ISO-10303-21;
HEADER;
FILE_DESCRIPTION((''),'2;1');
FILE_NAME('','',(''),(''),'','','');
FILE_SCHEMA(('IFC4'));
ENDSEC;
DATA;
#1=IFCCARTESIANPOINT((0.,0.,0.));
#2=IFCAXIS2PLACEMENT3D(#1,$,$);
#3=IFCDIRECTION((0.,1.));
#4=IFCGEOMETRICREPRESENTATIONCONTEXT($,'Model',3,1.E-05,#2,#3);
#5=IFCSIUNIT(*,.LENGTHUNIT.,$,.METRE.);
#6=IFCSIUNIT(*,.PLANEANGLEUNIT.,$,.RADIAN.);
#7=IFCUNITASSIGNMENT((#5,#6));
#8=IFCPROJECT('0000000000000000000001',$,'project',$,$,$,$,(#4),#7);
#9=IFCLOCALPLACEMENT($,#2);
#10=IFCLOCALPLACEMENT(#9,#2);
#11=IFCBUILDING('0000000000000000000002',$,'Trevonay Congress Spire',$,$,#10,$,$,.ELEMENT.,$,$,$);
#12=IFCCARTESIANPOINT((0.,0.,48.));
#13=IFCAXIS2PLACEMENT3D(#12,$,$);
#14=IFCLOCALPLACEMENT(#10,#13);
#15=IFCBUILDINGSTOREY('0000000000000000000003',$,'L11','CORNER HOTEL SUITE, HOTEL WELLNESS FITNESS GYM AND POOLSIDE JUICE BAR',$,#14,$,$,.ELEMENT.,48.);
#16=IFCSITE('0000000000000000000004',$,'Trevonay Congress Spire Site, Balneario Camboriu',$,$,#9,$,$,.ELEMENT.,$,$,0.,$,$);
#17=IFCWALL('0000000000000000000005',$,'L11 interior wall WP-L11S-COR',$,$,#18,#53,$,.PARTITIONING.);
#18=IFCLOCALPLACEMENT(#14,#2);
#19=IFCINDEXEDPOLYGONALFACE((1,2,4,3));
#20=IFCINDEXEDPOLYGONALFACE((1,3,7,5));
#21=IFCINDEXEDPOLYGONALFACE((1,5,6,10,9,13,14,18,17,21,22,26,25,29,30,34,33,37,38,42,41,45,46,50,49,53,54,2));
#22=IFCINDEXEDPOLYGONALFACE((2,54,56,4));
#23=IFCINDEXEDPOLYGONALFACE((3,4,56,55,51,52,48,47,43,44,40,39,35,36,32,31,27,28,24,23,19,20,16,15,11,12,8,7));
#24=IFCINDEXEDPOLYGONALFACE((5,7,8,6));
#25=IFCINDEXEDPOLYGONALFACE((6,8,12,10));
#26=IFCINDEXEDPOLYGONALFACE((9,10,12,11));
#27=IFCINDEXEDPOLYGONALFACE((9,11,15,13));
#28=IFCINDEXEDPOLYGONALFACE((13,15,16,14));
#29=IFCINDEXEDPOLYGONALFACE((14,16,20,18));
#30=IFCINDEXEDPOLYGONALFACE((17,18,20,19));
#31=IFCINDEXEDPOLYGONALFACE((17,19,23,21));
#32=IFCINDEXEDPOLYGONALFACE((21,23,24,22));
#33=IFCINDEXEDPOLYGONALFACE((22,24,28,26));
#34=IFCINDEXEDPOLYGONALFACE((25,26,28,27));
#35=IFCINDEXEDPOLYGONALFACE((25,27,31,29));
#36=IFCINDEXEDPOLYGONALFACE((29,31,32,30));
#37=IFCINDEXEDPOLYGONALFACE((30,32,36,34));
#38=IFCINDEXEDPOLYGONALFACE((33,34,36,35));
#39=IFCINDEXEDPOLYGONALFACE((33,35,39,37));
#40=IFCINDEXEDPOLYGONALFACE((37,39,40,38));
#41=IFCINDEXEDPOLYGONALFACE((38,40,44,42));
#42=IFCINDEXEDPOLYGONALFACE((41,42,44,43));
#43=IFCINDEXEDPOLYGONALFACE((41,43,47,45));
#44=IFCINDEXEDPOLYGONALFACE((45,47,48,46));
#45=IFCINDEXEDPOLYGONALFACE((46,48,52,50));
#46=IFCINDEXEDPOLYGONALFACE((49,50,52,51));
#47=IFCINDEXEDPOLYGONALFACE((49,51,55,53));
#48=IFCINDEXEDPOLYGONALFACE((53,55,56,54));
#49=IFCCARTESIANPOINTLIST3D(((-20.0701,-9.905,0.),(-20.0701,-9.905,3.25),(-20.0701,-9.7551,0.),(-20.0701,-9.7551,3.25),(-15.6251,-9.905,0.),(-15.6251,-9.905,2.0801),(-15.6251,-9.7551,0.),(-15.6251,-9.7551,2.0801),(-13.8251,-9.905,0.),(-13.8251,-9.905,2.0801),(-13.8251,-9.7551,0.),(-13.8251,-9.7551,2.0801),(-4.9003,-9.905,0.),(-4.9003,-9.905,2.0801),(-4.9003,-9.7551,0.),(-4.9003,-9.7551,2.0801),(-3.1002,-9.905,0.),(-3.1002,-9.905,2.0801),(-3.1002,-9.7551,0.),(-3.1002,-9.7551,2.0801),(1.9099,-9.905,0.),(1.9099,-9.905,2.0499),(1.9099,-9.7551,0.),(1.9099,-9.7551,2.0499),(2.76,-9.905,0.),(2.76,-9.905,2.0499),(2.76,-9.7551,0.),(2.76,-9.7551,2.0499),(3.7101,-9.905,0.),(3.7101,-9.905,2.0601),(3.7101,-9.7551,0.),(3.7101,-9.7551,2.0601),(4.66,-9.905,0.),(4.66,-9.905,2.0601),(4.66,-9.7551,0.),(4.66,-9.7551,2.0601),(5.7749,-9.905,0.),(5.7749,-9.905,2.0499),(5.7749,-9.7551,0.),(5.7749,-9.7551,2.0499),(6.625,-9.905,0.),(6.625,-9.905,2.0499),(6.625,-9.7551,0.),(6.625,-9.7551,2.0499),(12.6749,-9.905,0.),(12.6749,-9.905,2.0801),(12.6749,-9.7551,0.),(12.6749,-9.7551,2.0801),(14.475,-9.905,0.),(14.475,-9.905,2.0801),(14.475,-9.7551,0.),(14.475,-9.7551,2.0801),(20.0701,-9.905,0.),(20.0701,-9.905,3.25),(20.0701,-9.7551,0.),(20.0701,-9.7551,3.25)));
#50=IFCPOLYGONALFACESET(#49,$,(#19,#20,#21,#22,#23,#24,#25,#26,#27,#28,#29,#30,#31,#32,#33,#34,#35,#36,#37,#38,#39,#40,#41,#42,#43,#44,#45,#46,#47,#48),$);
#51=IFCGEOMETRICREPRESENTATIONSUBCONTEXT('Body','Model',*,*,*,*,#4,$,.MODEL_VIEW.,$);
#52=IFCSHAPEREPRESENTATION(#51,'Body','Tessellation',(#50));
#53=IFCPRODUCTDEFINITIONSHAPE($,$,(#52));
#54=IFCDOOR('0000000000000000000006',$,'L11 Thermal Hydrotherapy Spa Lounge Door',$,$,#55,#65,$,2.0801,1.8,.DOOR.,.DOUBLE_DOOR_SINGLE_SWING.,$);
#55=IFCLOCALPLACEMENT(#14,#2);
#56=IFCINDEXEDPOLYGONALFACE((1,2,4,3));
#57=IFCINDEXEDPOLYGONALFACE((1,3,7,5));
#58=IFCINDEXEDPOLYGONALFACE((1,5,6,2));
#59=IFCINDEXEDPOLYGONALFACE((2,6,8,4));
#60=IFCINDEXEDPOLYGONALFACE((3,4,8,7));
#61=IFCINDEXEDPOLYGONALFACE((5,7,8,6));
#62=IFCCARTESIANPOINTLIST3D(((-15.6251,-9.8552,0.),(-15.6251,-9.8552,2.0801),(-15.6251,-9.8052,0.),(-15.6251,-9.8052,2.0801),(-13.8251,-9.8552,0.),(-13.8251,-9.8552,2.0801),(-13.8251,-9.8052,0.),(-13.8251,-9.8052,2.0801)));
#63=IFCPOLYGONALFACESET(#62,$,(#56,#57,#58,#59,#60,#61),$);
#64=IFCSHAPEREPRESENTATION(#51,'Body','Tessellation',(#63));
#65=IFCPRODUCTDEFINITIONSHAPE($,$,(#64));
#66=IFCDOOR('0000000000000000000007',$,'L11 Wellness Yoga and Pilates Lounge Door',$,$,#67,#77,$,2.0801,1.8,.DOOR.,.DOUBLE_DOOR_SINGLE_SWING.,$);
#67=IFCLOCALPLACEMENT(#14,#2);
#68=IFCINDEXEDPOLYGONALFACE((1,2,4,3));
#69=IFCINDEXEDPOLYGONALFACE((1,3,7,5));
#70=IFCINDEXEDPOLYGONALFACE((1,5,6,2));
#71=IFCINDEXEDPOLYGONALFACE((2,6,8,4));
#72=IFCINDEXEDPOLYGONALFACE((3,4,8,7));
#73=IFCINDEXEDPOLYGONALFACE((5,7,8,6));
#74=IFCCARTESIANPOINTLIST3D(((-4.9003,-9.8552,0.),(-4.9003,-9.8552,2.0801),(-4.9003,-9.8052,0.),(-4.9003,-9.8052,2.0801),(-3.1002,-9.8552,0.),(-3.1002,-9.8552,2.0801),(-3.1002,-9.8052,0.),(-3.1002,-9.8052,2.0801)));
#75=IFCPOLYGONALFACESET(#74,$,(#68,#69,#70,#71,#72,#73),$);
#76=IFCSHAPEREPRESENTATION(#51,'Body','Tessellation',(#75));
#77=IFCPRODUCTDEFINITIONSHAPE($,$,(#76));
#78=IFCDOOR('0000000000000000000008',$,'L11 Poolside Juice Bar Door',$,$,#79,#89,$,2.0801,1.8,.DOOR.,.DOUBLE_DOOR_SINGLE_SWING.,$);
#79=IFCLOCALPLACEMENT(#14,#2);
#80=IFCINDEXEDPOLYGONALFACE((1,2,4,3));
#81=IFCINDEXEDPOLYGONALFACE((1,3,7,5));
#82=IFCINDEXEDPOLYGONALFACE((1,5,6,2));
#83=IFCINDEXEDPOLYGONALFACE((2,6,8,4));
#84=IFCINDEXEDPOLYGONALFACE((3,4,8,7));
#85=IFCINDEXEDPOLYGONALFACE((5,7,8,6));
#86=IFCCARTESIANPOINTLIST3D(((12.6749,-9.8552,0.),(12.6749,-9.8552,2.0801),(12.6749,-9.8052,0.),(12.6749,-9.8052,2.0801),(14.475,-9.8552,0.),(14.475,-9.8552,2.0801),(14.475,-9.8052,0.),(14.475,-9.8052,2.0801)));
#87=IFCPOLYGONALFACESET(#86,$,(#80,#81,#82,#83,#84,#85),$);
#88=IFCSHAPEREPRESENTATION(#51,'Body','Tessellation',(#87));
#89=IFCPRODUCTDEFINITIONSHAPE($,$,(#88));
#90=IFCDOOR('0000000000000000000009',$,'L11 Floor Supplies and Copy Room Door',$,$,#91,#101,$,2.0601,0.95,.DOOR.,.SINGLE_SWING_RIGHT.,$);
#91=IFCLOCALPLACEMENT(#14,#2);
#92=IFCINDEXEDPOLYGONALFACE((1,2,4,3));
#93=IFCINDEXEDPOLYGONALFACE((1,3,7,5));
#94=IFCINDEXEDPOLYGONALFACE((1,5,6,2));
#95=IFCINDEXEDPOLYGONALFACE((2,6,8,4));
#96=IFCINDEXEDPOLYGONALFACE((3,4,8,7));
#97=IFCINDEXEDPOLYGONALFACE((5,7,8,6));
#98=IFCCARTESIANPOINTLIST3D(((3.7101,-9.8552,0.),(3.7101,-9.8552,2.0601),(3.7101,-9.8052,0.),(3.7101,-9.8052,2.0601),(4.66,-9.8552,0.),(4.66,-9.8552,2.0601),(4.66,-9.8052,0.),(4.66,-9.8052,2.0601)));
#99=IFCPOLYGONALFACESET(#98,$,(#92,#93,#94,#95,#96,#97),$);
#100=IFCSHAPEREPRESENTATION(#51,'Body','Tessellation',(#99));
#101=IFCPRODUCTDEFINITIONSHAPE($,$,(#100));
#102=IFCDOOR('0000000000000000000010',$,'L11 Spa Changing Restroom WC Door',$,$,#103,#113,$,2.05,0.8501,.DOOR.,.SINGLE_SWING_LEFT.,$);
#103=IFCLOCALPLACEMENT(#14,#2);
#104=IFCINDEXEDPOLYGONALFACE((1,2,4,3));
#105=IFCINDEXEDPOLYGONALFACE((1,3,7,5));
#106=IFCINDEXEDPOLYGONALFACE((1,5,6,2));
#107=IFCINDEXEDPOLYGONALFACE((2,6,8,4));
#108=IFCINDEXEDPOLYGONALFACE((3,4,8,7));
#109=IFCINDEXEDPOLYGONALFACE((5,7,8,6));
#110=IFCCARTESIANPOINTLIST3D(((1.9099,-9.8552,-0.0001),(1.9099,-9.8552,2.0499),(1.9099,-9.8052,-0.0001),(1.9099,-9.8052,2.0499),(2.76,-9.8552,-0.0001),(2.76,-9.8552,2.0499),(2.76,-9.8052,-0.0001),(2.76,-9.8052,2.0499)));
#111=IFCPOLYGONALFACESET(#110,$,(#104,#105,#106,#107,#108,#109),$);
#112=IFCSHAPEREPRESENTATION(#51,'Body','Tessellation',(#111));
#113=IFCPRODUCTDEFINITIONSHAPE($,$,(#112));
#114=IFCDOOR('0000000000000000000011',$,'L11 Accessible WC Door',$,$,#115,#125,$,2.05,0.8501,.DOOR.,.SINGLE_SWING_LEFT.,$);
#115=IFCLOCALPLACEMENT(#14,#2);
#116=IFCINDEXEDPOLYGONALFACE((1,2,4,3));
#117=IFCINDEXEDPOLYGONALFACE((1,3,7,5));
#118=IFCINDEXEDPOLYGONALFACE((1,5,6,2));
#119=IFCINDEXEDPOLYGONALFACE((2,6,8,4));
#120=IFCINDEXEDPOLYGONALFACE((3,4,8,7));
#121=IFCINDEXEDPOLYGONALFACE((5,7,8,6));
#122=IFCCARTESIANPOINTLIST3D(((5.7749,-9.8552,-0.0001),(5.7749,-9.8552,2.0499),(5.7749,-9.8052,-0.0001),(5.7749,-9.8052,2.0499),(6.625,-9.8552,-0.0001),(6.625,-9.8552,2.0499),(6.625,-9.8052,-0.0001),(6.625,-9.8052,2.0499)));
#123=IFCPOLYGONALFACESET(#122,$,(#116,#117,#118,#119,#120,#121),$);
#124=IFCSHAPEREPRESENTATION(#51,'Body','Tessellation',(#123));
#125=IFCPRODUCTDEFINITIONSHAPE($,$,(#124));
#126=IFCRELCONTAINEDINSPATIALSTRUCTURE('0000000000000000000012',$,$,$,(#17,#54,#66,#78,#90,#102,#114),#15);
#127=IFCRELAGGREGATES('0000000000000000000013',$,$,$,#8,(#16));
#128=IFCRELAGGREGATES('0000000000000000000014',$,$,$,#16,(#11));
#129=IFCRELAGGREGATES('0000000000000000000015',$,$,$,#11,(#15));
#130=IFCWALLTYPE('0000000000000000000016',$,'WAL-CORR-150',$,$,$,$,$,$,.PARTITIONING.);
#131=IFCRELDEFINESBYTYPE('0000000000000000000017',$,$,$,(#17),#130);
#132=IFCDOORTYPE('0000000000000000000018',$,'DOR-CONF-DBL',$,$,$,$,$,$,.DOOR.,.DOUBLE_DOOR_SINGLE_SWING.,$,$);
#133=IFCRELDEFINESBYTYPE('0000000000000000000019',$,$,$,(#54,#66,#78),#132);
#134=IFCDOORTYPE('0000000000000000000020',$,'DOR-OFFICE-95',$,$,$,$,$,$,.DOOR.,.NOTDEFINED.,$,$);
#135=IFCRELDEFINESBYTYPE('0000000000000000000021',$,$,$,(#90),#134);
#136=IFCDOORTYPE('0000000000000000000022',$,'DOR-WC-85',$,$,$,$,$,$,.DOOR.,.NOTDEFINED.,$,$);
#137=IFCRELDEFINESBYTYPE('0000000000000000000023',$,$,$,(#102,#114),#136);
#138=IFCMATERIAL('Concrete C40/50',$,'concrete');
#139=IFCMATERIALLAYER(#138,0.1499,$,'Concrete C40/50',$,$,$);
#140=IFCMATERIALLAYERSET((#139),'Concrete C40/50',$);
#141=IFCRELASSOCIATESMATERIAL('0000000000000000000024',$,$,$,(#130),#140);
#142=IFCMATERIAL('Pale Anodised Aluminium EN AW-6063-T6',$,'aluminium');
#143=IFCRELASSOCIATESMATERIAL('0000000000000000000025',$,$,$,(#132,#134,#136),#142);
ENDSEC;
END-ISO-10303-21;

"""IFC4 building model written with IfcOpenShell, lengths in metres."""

from ifc_helpers import new_model, si_unit, direction, frame, frame_2d, origin, place, context, subcontext, project, spatial, rectangle, extrude, material, layer, layer_set, type_object, element, fill, save


model = new_model("IFC4")

# Units and contexts
model_context = context("Model", 3, precision=1e-05, world=origin(), true_north=direction((0.0, 1.0)))
body_context = subcontext(model_context, "Body", "Model", "MODEL_VIEW")
ifc_project = project(units=[si_unit("LENGTHUNIT", "METRE"), si_unit("PLANEANGLEUNIT", "RADIAN")], contexts=[model_context])

# Site, building, storey
site_placement = place(None, origin())
site = spatial("IfcSite", under=ifc_project, at=site_placement, Name="Trevonay Congress Spire Site, Balneario Camboriu", CompositionType="ELEMENT", RefElevation=0.0)
building_placement = place(site_placement, origin())
building = spatial("IfcBuilding", under=site, at=building_placement, Name="Trevonay Congress Spire", CompositionType="ELEMENT")
storey_placement = place(building_placement, frame((0.0, 0.0, 48.0)))
storey = spatial("IfcBuildingStorey", under=building, at=storey_placement, Name="L11", Description="CORNER HOTEL SUITE, HOTEL WELLNESS FITNESS GYM AND POOLSIDE JUICE BAR", CompositionType="ELEMENT", Elevation=48.0)

# Shared definitions
ifc_material_1 = material(Name="Pale Anodised Aluminium EN AW-6063-T6", Category="aluminium")

# Shared definitions
ifc_material_2 = material(Name="Concrete C40/50", Category="concrete")

# Wall, openings, doors
ifc_layer_1 = layer(ifc_material_2, 0.1499, Name="Concrete C40/50")
ifc_layer_set_1 = layer_set([ifc_layer_1], Name="Concrete C40/50")
wall_type_1 = type_object("IfcWallType", Name="WAL-CORR-150", PredefinedType="PARTITIONING", material=ifc_layer_set_1)
wall_1_placement = place(storey_placement, frame((-20.0701, -9.8301, 0.0), z_axis=(0.0, 0.0, 1.0), x_axis=(1.0, 0.0, 0.0)))
wall_1 = element("IfcWall", 1, at=wall_1_placement, inside=storey, type_object=wall_type_1, Name="L11 interior wall WP-L11S-COR", PredefinedType="PARTITIONING", context=body_context, shape_type="SweptSolid", body=[
    extrude(rectangle(XDim=40.1401, YDim=0.1499, at=frame_2d((20.0701, 0.0))), origin(), (0.0, 0.0, 1.0), 3.25),
])
opening_1_placement = place(wall_1_placement, frame((4.4451, 0.0, 0.0)))
opening_1 = element("IfcOpeningElement", 2, at=opening_1_placement, cuts=wall_1, PredefinedType="OPENING", context=body_context, shape_type="SweptSolid", body=[
    extrude(rectangle(XDim=1.8, YDim=2.0801, at=frame_2d((0.8999, 1.04))), frame((0.0, 0.085, 0.0), z_axis=(0.0, -1.0, 0.0), x_axis=(1.0, 0.0, 0.0)), (0.0, 0.0, 1.0), 0.1699),
])
opening_2_placement = place(wall_1_placement, frame((15.1699, 0.0, 0.0)))
opening_2 = element("IfcOpeningElement", 3, at=opening_2_placement, cuts=wall_1, PredefinedType="OPENING", context=body_context, shape_type="SweptSolid", body=[
    extrude(rectangle(XDim=1.8, YDim=2.0801, at=frame_2d((0.8999, 1.04))), frame((0.0, 0.085, 0.0), z_axis=(0.0, -1.0, 0.0), x_axis=(1.0, 0.0, 0.0)), (0.0, 0.0, 1.0), 0.1699),
])
opening_3_placement = place(wall_1_placement, frame((21.98, 0.0, 0.0)))
opening_3 = element("IfcOpeningElement", 4, at=opening_3_placement, cuts=wall_1, PredefinedType="OPENING", context=body_context, shape_type="SweptSolid", body=[
    extrude(rectangle(XDim=0.8501, YDim=2.05, at=frame_2d((0.425, 1.0249))), frame((0.0, 0.085, 0.0), z_axis=(0.0, -1.0, 0.0), x_axis=(1.0, 0.0, 0.0)), (0.0, 0.0, 1.0), 0.1699),
])
opening_4_placement = place(wall_1_placement, frame((23.78, 0.0, 0.0)))
opening_4 = element("IfcOpeningElement", 5, at=opening_4_placement, cuts=wall_1, PredefinedType="OPENING", context=body_context, shape_type="SweptSolid", body=[
    extrude(rectangle(XDim=0.95, YDim=2.0601, at=frame_2d((0.4751, 1.03))), frame((0.0, 0.085, 0.0), z_axis=(0.0, -1.0, 0.0), x_axis=(1.0, 0.0, 0.0)), (0.0, 0.0, 1.0), 0.1699),
])
opening_5_placement = place(wall_1_placement, frame((25.845, 0.0, 0.0)))
opening_5 = element("IfcOpeningElement", 6, at=opening_5_placement, cuts=wall_1, PredefinedType="OPENING", context=body_context, shape_type="SweptSolid", body=[
    extrude(rectangle(XDim=0.8501, YDim=2.05, at=frame_2d((0.425, 1.0249))), frame((0.0, 0.085, 0.0), z_axis=(0.0, -1.0, 0.0), x_axis=(1.0, 0.0, 0.0)), (0.0, 0.0, 1.0), 0.1699),
])
opening_6_placement = place(wall_1_placement, frame((32.7451, 0.0, 0.0)))
opening_6 = element("IfcOpeningElement", 7, at=opening_6_placement, cuts=wall_1, PredefinedType="OPENING", context=body_context, shape_type="SweptSolid", body=[
    extrude(rectangle(XDim=1.8, YDim=2.0801, at=frame_2d((0.8999, 1.04))), frame((0.0, 0.085, 0.0), z_axis=(0.0, -1.0, 0.0), x_axis=(1.0, 0.0, 0.0)), (0.0, 0.0, 1.0), 0.1699),
])
door_type_1 = type_object("IfcDoorType", Name="DOR-CONF-DBL", OperationType="DOUBLE_DOOR_SINGLE_SWING", PredefinedType="DOOR", material=ifc_material_1)
door_1_placement = place(opening_1_placement, origin())
door_1 = element("IfcDoor", 8, at=door_1_placement, inside=storey, type_object=door_type_1, Name="L11 Thermal Hydrotherapy Spa Lounge Door", OperationType="DOUBLE_DOOR_SINGLE_SWING", OverallHeight=2.0801, OverallWidth=1.8, PredefinedType="DOOR", context=body_context, shape_type="SweptSolid", body=[
    extrude(rectangle(XDim=1.8, YDim=2.0801, at=frame_2d((0.8999, 1.04))), frame((0.0, 0.0249, 0.0), z_axis=(0.0, -1.0, 0.0), x_axis=(1.0, 0.0, 0.0)), (0.0, 0.0, 1.0), 0.05),
])
fill(opening_1, door_1)
door_2_placement = place(opening_2_placement, origin())
door_2 = element("IfcDoor", 9, at=door_2_placement, inside=storey, type_object=door_type_1, Name="L11 Wellness Yoga and Pilates Lounge Door", OperationType="DOUBLE_DOOR_SINGLE_SWING", OverallHeight=2.0801, OverallWidth=1.8, PredefinedType="DOOR", context=body_context, shape_type="SweptSolid", body=[
    extrude(rectangle(XDim=1.8, YDim=2.0801, at=frame_2d((0.8999, 1.04))), frame((0.0, 0.0249, 0.0), z_axis=(0.0, -1.0, 0.0), x_axis=(1.0, 0.0, 0.0)), (0.0, 0.0, 1.0), 0.05),
])
fill(opening_2, door_2)
door_3_placement = place(opening_6_placement, origin())
door_3 = element("IfcDoor", 10, at=door_3_placement, inside=storey, type_object=door_type_1, Name="L11 Poolside Juice Bar Door", OperationType="DOUBLE_DOOR_SINGLE_SWING", OverallHeight=2.0801, OverallWidth=1.8, PredefinedType="DOOR", context=body_context, shape_type="SweptSolid", body=[
    extrude(rectangle(XDim=1.8, YDim=2.0801, at=frame_2d((0.8999, 1.04))), frame((0.0, 0.0249, 0.0), z_axis=(0.0, -1.0, 0.0), x_axis=(1.0, 0.0, 0.0)), (0.0, 0.0, 1.0), 0.05),
])
fill(opening_6, door_3)
door_type_2 = type_object("IfcDoorType", Name="DOR-OFFICE-95", OperationType="NOTDEFINED", PredefinedType="DOOR", material=ifc_material_1)
door_4_placement = place(opening_4_placement, origin())
door_4 = element("IfcDoor", 11, at=door_4_placement, inside=storey, type_object=door_type_2, Name="L11 Floor Supplies and Copy Room Door", OperationType="SINGLE_SWING_RIGHT", OverallHeight=2.0601, OverallWidth=0.95, PredefinedType="DOOR", context=body_context, shape_type="SweptSolid", body=[
    extrude(rectangle(XDim=0.95, YDim=2.0601, at=frame_2d((0.4751, 1.03))), frame((0.0, 0.0249, 0.0), z_axis=(0.0, -1.0, 0.0), x_axis=(1.0, 0.0, 0.0)), (0.0, 0.0, 1.0), 0.05),
])
fill(opening_4, door_4)
door_type_3 = type_object("IfcDoorType", Name="DOR-WC-85", OperationType="NOTDEFINED", PredefinedType="DOOR", material=ifc_material_1)
door_5_placement = place(opening_3_placement, origin())
door_5 = element("IfcDoor", 12, at=door_5_placement, inside=storey, type_object=door_type_3, Name="L11 Spa Changing Restroom WC Door", OperationType="SINGLE_SWING_LEFT", OverallHeight=2.05, OverallWidth=0.8501, PredefinedType="DOOR", context=body_context, shape_type="SweptSolid", body=[
    extrude(rectangle(XDim=0.8501, YDim=2.05, at=frame_2d((0.425, 1.0249))), frame((0.0, 0.0249, 0.0), z_axis=(0.0, -1.0, 0.0), x_axis=(1.0, 0.0, 0.0)), (0.0, 0.0, 1.0), 0.05),
])
fill(opening_3, door_5)
door_6_placement = place(opening_5_placement, origin())
door_6 = element("IfcDoor", 13, at=door_6_placement, inside=storey, type_object=door_type_3, Name="L11 Accessible WC Door", OperationType="SINGLE_SWING_LEFT", OverallHeight=2.05, OverallWidth=0.8501, PredefinedType="DOOR", context=body_context, shape_type="SweptSolid", body=[
    extrude(rectangle(XDim=0.8501, YDim=2.05, at=frame_2d((0.425, 1.0249))), frame((0.0, 0.0249, 0.0), z_axis=(0.0, -1.0, 0.0), x_axis=(1.0, 0.0, 0.0)), (0.0, 0.0, 1.0), 0.05),
])
fill(opening_5, door_6)

save(model, "model.ifc")
